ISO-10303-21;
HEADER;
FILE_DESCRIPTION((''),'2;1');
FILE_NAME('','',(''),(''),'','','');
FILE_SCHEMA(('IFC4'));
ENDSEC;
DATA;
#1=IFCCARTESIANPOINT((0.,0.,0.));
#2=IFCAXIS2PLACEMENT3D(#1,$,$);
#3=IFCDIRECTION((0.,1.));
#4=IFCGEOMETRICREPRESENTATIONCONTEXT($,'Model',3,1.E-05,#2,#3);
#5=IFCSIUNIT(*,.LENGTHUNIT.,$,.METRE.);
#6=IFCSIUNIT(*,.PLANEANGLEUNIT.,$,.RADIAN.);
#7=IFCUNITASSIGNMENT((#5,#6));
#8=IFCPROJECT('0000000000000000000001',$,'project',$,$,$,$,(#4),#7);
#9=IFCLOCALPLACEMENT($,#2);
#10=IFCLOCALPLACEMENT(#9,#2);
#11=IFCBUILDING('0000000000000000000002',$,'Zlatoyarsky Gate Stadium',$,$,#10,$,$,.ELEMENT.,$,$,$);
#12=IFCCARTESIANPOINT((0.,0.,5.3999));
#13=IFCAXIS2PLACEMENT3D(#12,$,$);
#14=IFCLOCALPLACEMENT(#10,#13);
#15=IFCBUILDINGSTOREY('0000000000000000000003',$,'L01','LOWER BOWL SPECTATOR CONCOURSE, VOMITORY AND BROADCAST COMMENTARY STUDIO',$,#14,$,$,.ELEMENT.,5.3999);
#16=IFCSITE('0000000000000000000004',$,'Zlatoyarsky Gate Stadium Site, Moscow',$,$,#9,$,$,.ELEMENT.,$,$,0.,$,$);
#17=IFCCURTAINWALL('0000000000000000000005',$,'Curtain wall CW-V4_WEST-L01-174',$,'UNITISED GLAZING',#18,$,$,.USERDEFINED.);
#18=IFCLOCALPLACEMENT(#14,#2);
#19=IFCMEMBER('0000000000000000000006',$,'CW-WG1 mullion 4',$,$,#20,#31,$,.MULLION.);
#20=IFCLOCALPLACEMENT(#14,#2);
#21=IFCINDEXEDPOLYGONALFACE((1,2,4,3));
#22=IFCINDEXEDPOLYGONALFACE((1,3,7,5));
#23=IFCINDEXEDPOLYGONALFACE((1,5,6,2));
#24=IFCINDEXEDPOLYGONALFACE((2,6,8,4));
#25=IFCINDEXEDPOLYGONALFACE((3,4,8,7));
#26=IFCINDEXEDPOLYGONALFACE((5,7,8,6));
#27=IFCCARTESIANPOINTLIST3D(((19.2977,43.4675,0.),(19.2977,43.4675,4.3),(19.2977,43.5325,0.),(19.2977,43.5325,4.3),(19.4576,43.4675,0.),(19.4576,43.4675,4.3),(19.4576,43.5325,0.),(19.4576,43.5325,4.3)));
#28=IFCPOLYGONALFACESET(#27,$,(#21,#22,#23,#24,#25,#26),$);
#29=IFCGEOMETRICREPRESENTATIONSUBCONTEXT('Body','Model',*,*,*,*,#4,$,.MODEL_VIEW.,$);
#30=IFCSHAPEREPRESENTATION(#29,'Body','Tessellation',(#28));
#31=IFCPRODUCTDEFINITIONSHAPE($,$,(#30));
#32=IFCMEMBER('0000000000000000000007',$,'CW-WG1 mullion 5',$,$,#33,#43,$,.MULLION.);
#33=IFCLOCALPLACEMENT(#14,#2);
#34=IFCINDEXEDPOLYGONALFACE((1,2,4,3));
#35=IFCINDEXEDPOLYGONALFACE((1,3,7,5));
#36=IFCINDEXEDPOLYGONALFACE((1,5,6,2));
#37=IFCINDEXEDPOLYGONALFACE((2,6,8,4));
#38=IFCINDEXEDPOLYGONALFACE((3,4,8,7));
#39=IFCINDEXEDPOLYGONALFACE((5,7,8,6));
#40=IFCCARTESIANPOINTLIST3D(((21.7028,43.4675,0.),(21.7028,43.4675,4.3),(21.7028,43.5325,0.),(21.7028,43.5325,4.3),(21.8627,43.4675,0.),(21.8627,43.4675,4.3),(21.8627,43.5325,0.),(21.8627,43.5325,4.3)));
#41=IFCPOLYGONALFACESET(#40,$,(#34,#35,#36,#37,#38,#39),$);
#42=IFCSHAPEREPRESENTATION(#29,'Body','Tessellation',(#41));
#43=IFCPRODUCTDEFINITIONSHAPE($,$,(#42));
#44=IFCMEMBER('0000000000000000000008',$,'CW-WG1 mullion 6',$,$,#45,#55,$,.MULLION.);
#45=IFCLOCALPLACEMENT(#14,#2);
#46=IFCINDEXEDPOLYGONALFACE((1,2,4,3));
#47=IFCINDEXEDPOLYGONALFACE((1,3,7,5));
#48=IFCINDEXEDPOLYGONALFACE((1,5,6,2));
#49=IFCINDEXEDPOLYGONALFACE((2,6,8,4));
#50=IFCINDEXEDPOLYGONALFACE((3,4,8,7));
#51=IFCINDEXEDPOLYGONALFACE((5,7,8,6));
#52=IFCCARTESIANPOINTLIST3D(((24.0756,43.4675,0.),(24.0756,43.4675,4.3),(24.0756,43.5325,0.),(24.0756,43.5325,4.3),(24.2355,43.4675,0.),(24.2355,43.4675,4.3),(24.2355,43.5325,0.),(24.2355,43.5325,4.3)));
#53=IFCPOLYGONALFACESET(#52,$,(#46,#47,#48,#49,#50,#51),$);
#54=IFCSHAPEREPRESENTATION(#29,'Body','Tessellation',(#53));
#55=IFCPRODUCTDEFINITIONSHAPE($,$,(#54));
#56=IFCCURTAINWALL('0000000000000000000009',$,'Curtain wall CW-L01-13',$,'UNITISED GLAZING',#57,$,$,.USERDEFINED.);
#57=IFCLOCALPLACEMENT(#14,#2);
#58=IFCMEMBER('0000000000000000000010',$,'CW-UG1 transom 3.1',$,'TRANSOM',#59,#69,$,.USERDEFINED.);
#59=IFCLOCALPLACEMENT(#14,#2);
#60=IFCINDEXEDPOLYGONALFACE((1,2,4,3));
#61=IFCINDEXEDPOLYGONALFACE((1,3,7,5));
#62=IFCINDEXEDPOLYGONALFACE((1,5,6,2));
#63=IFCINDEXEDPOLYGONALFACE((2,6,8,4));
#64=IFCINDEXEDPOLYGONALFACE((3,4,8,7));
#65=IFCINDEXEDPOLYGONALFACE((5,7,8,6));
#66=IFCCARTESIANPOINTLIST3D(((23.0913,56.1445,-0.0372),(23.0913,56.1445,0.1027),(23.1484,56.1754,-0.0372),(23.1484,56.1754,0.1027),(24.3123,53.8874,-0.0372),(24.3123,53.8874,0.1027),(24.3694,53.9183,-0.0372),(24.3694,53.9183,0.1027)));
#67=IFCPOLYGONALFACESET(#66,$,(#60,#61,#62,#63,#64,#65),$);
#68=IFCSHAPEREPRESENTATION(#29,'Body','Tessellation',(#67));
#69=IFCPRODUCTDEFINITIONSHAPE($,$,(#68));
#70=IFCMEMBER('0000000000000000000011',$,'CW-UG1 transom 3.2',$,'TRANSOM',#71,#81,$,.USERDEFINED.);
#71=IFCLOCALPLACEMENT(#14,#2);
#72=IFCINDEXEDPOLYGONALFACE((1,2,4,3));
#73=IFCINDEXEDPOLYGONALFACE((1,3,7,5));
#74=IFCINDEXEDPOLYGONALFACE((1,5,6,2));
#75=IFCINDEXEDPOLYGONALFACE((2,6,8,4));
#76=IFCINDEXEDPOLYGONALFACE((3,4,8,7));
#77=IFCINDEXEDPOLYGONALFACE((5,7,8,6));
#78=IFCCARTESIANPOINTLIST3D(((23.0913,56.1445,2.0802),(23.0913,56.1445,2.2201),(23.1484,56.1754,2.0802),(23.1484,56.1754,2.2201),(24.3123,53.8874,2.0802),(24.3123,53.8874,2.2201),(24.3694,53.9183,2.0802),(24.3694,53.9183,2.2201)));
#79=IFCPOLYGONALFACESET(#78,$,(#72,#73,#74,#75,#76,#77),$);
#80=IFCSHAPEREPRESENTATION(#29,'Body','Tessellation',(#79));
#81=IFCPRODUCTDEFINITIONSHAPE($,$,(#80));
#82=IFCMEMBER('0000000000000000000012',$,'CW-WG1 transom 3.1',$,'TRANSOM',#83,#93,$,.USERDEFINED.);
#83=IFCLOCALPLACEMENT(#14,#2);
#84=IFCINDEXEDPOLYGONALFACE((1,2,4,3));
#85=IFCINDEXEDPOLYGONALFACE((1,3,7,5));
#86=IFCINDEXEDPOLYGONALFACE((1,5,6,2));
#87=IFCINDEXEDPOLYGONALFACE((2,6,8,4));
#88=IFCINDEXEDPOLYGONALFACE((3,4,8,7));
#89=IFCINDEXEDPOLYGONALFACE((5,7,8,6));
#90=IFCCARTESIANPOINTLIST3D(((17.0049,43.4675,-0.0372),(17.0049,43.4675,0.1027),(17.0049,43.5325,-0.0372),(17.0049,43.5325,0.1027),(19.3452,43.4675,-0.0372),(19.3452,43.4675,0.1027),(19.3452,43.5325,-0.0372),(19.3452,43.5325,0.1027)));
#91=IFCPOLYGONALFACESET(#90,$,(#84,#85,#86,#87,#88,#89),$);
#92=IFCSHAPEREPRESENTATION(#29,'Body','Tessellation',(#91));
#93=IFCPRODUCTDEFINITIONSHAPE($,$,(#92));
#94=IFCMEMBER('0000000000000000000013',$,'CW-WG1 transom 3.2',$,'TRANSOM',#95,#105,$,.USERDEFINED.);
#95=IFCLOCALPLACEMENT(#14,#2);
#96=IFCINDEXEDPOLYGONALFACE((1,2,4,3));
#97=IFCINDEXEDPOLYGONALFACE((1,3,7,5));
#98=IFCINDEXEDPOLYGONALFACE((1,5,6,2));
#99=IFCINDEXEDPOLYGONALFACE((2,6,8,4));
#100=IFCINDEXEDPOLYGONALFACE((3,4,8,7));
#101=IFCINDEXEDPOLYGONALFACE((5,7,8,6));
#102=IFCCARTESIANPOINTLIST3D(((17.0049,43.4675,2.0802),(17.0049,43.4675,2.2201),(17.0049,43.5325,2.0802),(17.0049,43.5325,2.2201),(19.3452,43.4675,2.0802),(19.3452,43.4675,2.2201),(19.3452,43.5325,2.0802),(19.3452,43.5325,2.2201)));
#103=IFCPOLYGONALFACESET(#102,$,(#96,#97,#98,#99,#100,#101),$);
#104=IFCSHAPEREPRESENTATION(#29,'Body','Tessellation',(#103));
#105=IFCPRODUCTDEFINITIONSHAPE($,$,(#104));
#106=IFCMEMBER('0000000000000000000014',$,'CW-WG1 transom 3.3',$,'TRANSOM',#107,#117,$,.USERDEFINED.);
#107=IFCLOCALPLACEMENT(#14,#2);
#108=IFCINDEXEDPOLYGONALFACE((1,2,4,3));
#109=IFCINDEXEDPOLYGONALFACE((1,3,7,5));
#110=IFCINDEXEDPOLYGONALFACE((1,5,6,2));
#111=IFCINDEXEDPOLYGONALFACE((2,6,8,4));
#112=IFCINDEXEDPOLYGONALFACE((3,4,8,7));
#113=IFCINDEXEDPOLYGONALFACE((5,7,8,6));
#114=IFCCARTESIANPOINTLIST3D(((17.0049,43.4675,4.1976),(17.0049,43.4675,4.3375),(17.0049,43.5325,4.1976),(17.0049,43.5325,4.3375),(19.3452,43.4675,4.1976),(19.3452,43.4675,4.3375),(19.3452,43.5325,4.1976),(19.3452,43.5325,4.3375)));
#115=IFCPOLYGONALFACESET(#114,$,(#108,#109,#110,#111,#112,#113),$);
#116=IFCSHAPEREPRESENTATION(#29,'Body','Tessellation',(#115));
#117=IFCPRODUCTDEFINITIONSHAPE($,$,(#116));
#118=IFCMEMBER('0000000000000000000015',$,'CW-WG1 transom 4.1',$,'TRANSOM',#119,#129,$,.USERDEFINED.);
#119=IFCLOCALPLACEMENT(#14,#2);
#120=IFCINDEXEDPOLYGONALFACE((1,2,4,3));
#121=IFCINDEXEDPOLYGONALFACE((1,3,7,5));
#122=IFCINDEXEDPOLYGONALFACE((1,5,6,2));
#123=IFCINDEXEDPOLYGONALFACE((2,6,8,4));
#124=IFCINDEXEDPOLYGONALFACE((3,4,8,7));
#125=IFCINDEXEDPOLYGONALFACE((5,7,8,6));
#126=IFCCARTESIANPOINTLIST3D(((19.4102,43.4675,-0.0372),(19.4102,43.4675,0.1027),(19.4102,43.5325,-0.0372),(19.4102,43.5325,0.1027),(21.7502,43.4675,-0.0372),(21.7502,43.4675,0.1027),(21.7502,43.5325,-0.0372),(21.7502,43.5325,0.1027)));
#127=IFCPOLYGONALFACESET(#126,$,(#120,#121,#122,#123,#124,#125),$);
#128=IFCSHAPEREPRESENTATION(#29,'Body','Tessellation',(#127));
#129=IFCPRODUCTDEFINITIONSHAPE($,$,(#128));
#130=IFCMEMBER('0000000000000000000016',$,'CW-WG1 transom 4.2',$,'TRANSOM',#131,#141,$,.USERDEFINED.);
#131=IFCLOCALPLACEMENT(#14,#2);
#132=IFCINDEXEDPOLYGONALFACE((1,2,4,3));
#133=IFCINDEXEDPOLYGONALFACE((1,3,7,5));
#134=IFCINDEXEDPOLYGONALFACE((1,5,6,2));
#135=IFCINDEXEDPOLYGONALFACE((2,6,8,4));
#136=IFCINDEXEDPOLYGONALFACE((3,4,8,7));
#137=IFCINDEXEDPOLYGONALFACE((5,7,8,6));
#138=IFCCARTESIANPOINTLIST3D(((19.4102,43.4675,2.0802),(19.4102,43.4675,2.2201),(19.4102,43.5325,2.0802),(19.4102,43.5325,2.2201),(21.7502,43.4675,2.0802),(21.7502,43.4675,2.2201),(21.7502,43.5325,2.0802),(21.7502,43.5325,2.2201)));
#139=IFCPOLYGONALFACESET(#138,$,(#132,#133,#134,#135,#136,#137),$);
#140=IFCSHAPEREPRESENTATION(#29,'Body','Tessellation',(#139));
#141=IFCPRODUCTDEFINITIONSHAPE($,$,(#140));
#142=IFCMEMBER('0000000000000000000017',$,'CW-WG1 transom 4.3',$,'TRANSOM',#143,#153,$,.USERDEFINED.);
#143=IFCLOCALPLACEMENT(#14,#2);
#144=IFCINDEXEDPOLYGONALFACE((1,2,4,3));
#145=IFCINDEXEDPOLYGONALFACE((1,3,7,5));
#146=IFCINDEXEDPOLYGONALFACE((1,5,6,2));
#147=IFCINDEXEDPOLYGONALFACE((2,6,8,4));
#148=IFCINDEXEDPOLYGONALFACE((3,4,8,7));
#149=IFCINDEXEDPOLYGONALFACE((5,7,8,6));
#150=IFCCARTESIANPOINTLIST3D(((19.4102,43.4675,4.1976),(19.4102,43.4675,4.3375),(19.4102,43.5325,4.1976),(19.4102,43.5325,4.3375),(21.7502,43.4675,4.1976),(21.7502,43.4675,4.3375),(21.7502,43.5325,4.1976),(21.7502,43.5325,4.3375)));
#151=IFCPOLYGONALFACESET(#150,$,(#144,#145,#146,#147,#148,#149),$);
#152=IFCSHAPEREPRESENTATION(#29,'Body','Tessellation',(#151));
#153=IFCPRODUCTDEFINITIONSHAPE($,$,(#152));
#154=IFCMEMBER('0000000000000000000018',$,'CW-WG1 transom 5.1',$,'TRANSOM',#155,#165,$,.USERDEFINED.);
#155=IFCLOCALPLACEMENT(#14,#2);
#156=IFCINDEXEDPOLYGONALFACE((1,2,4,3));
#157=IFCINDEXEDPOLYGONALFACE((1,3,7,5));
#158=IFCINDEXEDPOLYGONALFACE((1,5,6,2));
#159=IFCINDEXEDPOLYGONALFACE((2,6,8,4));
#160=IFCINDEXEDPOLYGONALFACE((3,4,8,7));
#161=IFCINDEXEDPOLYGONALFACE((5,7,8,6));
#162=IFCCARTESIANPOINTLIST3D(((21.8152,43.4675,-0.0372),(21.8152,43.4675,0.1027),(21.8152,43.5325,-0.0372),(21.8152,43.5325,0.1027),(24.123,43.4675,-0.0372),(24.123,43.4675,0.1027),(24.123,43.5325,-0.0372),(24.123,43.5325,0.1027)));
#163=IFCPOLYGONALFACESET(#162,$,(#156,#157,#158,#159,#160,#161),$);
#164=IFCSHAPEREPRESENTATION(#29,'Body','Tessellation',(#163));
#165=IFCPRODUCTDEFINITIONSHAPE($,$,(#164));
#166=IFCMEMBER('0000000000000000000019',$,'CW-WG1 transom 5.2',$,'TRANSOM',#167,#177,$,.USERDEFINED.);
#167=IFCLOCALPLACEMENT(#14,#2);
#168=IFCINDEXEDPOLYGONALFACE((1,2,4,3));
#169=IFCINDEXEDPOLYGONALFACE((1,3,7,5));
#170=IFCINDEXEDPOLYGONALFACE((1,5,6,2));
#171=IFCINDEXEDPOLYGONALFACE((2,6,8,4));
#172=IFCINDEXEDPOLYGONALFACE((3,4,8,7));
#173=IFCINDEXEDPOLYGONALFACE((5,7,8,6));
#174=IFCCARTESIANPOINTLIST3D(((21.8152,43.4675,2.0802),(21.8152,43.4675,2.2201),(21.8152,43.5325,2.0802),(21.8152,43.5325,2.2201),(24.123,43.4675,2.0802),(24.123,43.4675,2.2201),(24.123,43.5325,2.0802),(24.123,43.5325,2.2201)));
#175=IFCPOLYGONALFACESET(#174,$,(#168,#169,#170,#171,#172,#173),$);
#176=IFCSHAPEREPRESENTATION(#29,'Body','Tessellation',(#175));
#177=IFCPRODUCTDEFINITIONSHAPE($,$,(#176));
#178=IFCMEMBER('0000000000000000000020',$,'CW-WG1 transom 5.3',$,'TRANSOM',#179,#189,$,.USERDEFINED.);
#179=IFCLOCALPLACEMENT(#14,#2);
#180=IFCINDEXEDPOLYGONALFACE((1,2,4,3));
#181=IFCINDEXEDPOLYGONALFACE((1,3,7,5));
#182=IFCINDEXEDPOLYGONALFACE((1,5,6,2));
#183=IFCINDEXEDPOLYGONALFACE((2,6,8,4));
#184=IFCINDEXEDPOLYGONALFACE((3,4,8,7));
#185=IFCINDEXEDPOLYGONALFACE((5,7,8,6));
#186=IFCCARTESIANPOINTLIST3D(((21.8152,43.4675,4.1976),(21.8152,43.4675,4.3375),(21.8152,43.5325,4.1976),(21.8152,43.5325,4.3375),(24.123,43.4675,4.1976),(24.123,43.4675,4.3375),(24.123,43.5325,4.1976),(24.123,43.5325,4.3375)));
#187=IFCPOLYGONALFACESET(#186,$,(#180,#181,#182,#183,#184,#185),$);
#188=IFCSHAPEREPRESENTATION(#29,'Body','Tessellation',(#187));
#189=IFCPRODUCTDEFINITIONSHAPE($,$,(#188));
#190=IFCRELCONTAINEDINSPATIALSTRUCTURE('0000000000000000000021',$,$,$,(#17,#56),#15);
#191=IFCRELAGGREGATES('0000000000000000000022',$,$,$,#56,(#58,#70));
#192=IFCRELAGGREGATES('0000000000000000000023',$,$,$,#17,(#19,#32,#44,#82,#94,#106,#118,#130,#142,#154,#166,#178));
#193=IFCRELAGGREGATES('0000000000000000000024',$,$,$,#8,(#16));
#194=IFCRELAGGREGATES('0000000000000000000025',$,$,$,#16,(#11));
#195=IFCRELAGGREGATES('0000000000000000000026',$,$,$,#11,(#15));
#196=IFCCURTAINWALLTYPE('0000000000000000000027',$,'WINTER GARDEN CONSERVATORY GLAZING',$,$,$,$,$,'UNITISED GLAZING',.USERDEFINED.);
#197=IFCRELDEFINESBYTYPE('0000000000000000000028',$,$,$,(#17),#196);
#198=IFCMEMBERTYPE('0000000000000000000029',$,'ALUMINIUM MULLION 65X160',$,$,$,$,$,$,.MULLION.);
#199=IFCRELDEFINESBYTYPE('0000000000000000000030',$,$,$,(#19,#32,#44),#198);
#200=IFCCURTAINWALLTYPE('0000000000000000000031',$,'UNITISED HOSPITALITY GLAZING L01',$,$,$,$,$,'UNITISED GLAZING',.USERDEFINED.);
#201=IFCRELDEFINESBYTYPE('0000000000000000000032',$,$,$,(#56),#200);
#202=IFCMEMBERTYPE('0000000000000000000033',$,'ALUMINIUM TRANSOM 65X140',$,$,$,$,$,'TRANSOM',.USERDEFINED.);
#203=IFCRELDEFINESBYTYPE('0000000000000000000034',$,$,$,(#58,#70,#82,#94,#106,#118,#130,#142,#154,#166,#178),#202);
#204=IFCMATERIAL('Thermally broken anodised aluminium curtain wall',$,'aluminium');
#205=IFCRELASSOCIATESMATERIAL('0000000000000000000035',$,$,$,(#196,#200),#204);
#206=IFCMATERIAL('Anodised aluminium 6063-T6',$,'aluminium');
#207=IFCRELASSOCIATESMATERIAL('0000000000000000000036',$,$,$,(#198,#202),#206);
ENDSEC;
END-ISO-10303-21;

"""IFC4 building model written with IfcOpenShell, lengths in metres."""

from ifc_helpers import new_model, si_unit, direction, frame, origin, origin_2d, place, context, subcontext, project, spatial, rectangle, extrude, material, material_profile, profile_set, type_object, element, aggregate, save


model = new_model("IFC4")

# Units and contexts
model_context = context("Model", 3, precision=1e-05, world=origin(), true_north=direction((0.0, 1.0)))
body_context = subcontext(model_context, "Body", "Model", "MODEL_VIEW")
ifc_project = project(units=[si_unit("LENGTHUNIT", "METRE"), si_unit("PLANEANGLEUNIT", "RADIAN")], contexts=[model_context])

# Site, building, storey
site_placement = place(None, origin())
site = spatial("IfcSite", under=ifc_project, at=site_placement, Name="Zlatoyarsky Gate Stadium Site, Moscow", CompositionType="ELEMENT", RefElevation=0.0)
building_placement = place(site_placement, origin())
building = spatial("IfcBuilding", under=site, at=building_placement, Name="Zlatoyarsky Gate Stadium", CompositionType="ELEMENT")
storey_placement = place(building_placement, frame((0.0, 0.0, 5.3999)))
storey = spatial("IfcBuildingStorey", under=building, at=storey_placement, Name="L01", Description="LOWER BOWL SPECTATOR CONCOURSE, VOMITORY AND BROADCAST COMMENTARY STUDIO", CompositionType="ELEMENT", Elevation=5.3999)

# Curtain walls, members
ifc_material_1 = material(Name="Thermally broken anodised aluminium curtain wall", Category="aluminium")
curtain_wall_type_1 = type_object("IfcCurtainWallType", Name="WINTER GARDEN CONSERVATORY GLAZING", ElementType="UNITISED GLAZING", PredefinedType="USERDEFINED", material=ifc_material_1)
curtain_wall_1_placement = place(storey_placement, origin())
curtain_wall_1 = element("IfcCurtainWall", 1, at=curtain_wall_1_placement, inside=storey, type_object=curtain_wall_type_1, Name="Curtain wall CW-V4_WEST-L01-174", ObjectType="UNITISED GLAZING", PredefinedType="USERDEFINED")
ifc_material_2 = material(Name="Anodised aluminium 6063-T6", Category="aluminium")
ifc_material_profile_1 = material_profile(ifc_material_2, rectangle(XDim=0.0649, YDim=0.1599, at=origin_2d()), Name="ALU 65X160")
ifc_profile_set_1 = profile_set([ifc_material_profile_1], Name="Anodised aluminium 6063-T6")
member_type_1 = type_object("IfcMemberType", Name="ALUMINIUM MULLION 65X160", PredefinedType="MULLION", material=ifc_profile_set_1)
member_1_placement = place(storey_placement, frame((19.3777, 43.5, 0.0), z_axis=(0.0, 0.0, 1.0), x_axis=(0.0, 1.0, 0.0)))
member_1 = element("IfcMember", 2, at=member_1_placement, type_object=member_type_1, Name="CW-WG1 mullion 4", PredefinedType="MULLION", context=body_context, shape_type="SweptSolid", body=[
    extrude(rectangle(XDim=0.0649, YDim=0.1599, at=origin_2d()), origin(), (0.0, 0.0, 1.0), 4.3),
])
member_2_placement = place(storey_placement, frame((21.7827, 43.5, 0.0), z_axis=(0.0, 0.0, 1.0), x_axis=(0.0, 1.0, 0.0)))
member_2 = element("IfcMember", 3, at=member_2_placement, type_object=member_type_1, Name="CW-WG1 mullion 5", PredefinedType="MULLION", context=body_context, shape_type="SweptSolid", body=[
    extrude(rectangle(XDim=0.0649, YDim=0.1599, at=origin_2d()), origin(), (0.0, 0.0, 1.0), 4.3),
])
member_3_placement = place(storey_placement, frame((24.1555, 43.5, 0.0), z_axis=(0.0, 0.0, 1.0), x_axis=(0.0, 1.0, 0.0)))
member_3 = element("IfcMember", 4, at=member_3_placement, type_object=member_type_1, Name="CW-WG1 mullion 6", PredefinedType="MULLION", context=body_context, shape_type="SweptSolid", body=[
    extrude(rectangle(XDim=0.0649, YDim=0.1599, at=origin_2d()), origin(), (0.0, 0.0, 1.0), 4.3),
])
curtain_wall_type_2 = type_object("IfcCurtainWallType", Name="UNITISED HOSPITALITY GLAZING L01", ElementType="UNITISED GLAZING", PredefinedType="USERDEFINED", material=ifc_material_1)
curtain_wall_2_placement = place(storey_placement, origin())
curtain_wall_2 = element("IfcCurtainWall", 5, at=curtain_wall_2_placement, inside=storey, type_object=curtain_wall_type_2, Name="Curtain wall CW-L01-13", ObjectType="UNITISED GLAZING", PredefinedType="USERDEFINED")
ifc_material_profile_2 = material_profile(ifc_material_2, rectangle(XDim=0.0649, YDim=0.1399, at=origin_2d()), Name="ALU 65X140")
ifc_profile_set_2 = profile_set([ifc_material_profile_2], Name="Anodised aluminium 6063-T6")
member_type_2 = type_object("IfcMemberType", Name="ALUMINIUM TRANSOM 65X140", ElementType="TRANSOM", PredefinedType="USERDEFINED", material=ifc_profile_set_2)
member_4_placement = place(storey_placement, frame((23.1199, 56.1599, 0.0327), z_axis=(0.47579, -0.879559, 0.0), x_axis=(0.879559, 0.47579, 0.0)))
member_4 = element("IfcMember", 6, at=member_4_placement, type_object=member_type_2, Name="CW-UG1 transom 3.1", ObjectType="TRANSOM", PredefinedType="USERDEFINED", context=body_context, shape_type="SweptSolid", body=[
    extrude(rectangle(XDim=0.0649, YDim=0.1399, at=origin_2d()), origin(), (0.0, 0.0, 1.0), 2.5662),
])
member_5_placement = place(storey_placement, frame((23.1199, 56.1599, 2.1501), z_axis=(0.47579, -0.879559, 0.0), x_axis=(0.879559, 0.47579, 0.0)))
member_5 = element("IfcMember", 7, at=member_5_placement, type_object=member_type_2, Name="CW-UG1 transom 3.2", ObjectType="TRANSOM", PredefinedType="USERDEFINED", context=body_context, shape_type="SweptSolid", body=[
    extrude(rectangle(XDim=0.0649, YDim=0.1399, at=origin_2d()), origin(), (0.0, 0.0, 1.0), 2.5662),
])

# Members
member_6_placement = place(storey_placement, frame((17.0049, 43.5, 0.0327), z_axis=(1.0, 0.0, 0.0), x_axis=(0.0, 1.0, 0.0)))
member_6 = element("IfcMember", 8, at=member_6_placement, type_object=member_type_2, Name="CW-WG1 transom 3.1", ObjectType="TRANSOM", PredefinedType="USERDEFINED", context=body_context, shape_type="SweptSolid", body=[
    extrude(rectangle(XDim=0.0649, YDim=0.1399, at=origin_2d()), origin(), (0.0, 0.0, 1.0), 2.3403),
])
member_7_placement = place(storey_placement, frame((17.0049, 43.5, 2.1501), z_axis=(1.0, 0.0, 0.0), x_axis=(0.0, 1.0, 0.0)))
member_7 = element("IfcMember", 9, at=member_7_placement, type_object=member_type_2, Name="CW-WG1 transom 3.2", ObjectType="TRANSOM", PredefinedType="USERDEFINED", context=body_context, shape_type="SweptSolid", body=[
    extrude(rectangle(XDim=0.0649, YDim=0.1399, at=origin_2d()), origin(), (0.0, 0.0, 1.0), 2.3403),
])
member_8_placement = place(storey_placement, frame((17.0049, 43.5, 4.2676), z_axis=(1.0, 0.0, 0.0), x_axis=(0.0, 1.0, 0.0)))
member_8 = element("IfcMember", 10, at=member_8_placement, type_object=member_type_2, Name="CW-WG1 transom 3.3", ObjectType="TRANSOM", PredefinedType="USERDEFINED", context=body_context, shape_type="SweptSolid", body=[
    extrude(rectangle(XDim=0.0649, YDim=0.1399, at=origin_2d()), origin(), (0.0, 0.0, 1.0), 2.3403),
])
member_9_placement = place(storey_placement, frame((19.4102, 43.5, 0.0327), z_axis=(1.0, 0.0, 0.0), x_axis=(0.0, 1.0, 0.0)))
member_9 = element("IfcMember", 11, at=member_9_placement, type_object=member_type_2, Name="CW-WG1 transom 4.1", ObjectType="TRANSOM", PredefinedType="USERDEFINED", context=body_context, shape_type="SweptSolid", body=[
    extrude(rectangle(XDim=0.0649, YDim=0.1399, at=origin_2d()), origin(), (0.0, 0.0, 1.0), 2.3401),
])
member_10_placement = place(storey_placement, frame((19.4102, 43.5, 2.1501), z_axis=(1.0, 0.0, 0.0), x_axis=(0.0, 1.0, 0.0)))
member_10 = element("IfcMember", 12, at=member_10_placement, type_object=member_type_2, Name="CW-WG1 transom 4.2", ObjectType="TRANSOM", PredefinedType="USERDEFINED", context=body_context, shape_type="SweptSolid", body=[
    extrude(rectangle(XDim=0.0649, YDim=0.1399, at=origin_2d()), origin(), (0.0, 0.0, 1.0), 2.3401),
])
member_11_placement = place(storey_placement, frame((19.4102, 43.5, 4.2676), z_axis=(1.0, 0.0, 0.0), x_axis=(0.0, 1.0, 0.0)))
member_11 = element("IfcMember", 13, at=member_11_placement, type_object=member_type_2, Name="CW-WG1 transom 4.3", ObjectType="TRANSOM", PredefinedType="USERDEFINED", context=body_context, shape_type="SweptSolid", body=[
    extrude(rectangle(XDim=0.0649, YDim=0.1399, at=origin_2d()), origin(), (0.0, 0.0, 1.0), 2.3401),
])
member_12_placement = place(storey_placement, frame((21.8152, 43.5, 0.0327), z_axis=(1.0, 0.0, 0.0), x_axis=(0.0, 1.0, 0.0)))
member_12 = element("IfcMember", 14, at=member_12_placement, type_object=member_type_2, Name="CW-WG1 transom 5.1", ObjectType="TRANSOM", PredefinedType="USERDEFINED", context=body_context, shape_type="SweptSolid", body=[
    extrude(rectangle(XDim=0.0649, YDim=0.1399, at=origin_2d()), origin(), (0.0, 0.0, 1.0), 2.3079),
])
member_13_placement = place(storey_placement, frame((21.8152, 43.5, 2.1501), z_axis=(1.0, 0.0, 0.0), x_axis=(0.0, 1.0, 0.0)))
member_13 = element("IfcMember", 15, at=member_13_placement, type_object=member_type_2, Name="CW-WG1 transom 5.2", ObjectType="TRANSOM", PredefinedType="USERDEFINED", context=body_context, shape_type="SweptSolid", body=[
    extrude(rectangle(XDim=0.0649, YDim=0.1399, at=origin_2d()), origin(), (0.0, 0.0, 1.0), 2.3079),
])
member_14_placement = place(storey_placement, frame((21.8152, 43.5, 4.2676), z_axis=(1.0, 0.0, 0.0), x_axis=(0.0, 1.0, 0.0)))
member_14 = element("IfcMember", 16, at=member_14_placement, type_object=member_type_2, Name="CW-WG1 transom 5.3", ObjectType="TRANSOM", PredefinedType="USERDEFINED", context=body_context, shape_type="SweptSolid", body=[
    extrude(rectangle(XDim=0.0649, YDim=0.1399, at=origin_2d()), origin(), (0.0, 0.0, 1.0), 2.3079),
])

aggregate(curtain_wall_2, [member_4, member_5])
aggregate(curtain_wall_1, [member_1, member_2, member_3, member_6, member_7, member_8, member_9, member_10, member_11, member_12, member_13, member_14])

save(model, "model.ifc")
